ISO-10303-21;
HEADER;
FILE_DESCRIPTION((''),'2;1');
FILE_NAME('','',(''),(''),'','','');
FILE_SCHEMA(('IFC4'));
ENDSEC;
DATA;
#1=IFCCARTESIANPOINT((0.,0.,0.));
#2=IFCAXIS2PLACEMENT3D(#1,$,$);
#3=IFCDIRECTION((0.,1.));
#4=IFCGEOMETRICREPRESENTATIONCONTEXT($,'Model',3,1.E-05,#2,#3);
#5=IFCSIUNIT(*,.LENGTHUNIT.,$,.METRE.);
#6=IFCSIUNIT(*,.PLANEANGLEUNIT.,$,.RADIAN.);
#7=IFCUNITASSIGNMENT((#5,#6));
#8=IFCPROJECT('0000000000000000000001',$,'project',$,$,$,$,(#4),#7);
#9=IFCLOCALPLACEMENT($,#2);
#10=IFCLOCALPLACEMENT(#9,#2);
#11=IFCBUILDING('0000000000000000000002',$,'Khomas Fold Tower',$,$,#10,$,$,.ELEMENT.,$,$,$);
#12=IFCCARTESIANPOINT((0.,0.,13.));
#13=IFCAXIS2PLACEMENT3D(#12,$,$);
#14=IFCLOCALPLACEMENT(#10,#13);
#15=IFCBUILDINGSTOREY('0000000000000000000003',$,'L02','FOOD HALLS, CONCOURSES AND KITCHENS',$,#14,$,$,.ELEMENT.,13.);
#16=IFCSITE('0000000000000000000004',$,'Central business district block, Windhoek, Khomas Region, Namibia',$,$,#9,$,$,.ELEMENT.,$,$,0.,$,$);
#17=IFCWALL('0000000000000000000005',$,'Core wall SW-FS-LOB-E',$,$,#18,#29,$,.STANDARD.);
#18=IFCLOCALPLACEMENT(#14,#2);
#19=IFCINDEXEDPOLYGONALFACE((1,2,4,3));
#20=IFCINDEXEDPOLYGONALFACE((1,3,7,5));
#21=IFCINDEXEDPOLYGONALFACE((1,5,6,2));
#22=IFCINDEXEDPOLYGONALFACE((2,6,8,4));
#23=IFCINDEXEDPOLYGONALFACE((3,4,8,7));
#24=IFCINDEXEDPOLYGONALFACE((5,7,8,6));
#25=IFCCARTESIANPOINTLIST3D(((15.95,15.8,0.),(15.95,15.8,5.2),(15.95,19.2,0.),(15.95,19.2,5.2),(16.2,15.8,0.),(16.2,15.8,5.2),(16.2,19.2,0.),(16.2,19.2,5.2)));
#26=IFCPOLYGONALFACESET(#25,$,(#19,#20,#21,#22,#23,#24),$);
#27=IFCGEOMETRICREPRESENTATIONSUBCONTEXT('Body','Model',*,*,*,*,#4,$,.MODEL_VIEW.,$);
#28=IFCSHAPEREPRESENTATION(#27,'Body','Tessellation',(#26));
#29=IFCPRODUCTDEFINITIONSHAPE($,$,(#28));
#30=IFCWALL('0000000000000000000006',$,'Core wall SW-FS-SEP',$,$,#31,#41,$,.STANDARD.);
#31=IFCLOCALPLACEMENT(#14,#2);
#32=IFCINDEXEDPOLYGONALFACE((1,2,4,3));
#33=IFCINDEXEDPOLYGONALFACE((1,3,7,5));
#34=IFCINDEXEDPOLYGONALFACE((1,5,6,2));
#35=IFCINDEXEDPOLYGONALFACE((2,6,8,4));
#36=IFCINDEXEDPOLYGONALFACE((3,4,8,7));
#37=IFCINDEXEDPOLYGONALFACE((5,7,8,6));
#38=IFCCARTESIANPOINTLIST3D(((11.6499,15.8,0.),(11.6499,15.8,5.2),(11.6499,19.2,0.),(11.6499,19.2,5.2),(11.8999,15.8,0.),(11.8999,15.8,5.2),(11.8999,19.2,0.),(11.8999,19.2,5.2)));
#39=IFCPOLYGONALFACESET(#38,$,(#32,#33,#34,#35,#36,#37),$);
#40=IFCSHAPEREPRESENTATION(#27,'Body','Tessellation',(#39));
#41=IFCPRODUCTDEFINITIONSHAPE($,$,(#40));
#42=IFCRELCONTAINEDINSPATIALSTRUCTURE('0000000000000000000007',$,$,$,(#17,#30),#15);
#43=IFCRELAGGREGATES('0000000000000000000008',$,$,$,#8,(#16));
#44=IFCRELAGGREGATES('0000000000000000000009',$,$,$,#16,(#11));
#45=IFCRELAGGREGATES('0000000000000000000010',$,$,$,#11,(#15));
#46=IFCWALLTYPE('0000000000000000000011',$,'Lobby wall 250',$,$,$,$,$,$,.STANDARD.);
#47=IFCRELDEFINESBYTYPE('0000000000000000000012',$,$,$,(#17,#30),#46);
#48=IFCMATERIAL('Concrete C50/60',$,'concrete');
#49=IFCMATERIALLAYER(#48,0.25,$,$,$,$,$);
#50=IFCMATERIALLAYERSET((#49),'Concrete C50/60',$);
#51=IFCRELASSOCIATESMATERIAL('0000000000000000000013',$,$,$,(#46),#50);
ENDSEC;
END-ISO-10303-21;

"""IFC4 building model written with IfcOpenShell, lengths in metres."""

from ifc_helpers import new_model, si_unit, direction, frame, frame_2d, origin, place, context, subcontext, project, spatial, rectangle, extrude, source, transform, mapped, material, layer, layer_set, type_object, element, save


model = new_model("IFC4")

# Units and contexts
model_context = context("Model", 3, precision=1e-05, world=origin(), true_north=direction((0.0, 1.0)))
body_context = subcontext(model_context, "Body", "Model", "MODEL_VIEW")
ifc_project = project(units=[si_unit("LENGTHUNIT", "METRE"), si_unit("PLANEANGLEUNIT", "RADIAN")], contexts=[model_context])

# Site, building, storey
site_placement = place(None, origin())
site = spatial("IfcSite", under=ifc_project, at=site_placement, Name="Central business district block, Windhoek, Khomas Region, Namibia", CompositionType="ELEMENT", RefElevation=0.0)
building_placement = place(site_placement, origin())
building = spatial("IfcBuilding", under=site, at=building_placement, Name="Khomas Fold Tower", CompositionType="ELEMENT")
storey_placement = place(building_placement, frame((0.0, 0.0, 13.0)))
storey = spatial("IfcBuildingStorey", under=building, at=storey_placement, Name="L02", Description="FOOD HALLS, CONCOURSES AND KITCHENS", CompositionType="ELEMENT", Elevation=13.0)

# Walls
ifc_material_1 = material(Name="Concrete C50/60", Category="concrete")
ifc_layer_1 = layer(ifc_material_1, 0.25)
ifc_layer_set_1 = layer_set([ifc_layer_1], Name="Concrete C50/60")
wall_type_1 = type_object("IfcWallType", Name="Lobby wall 250", PredefinedType="STANDARD", material=ifc_layer_set_1)
shared_shape_1 = source(origin(), body_context, "Body", "SweptSolid", [
    extrude(rectangle(XDim=3.3999, YDim=0.25, at=frame_2d((1.7, 0.0))), origin(), (0.0, 0.0, 1.0), 5.2),
])
for number, where, z_axis, x_axis, name in (
    (1, (16.075, 15.8, 0.0), (0.0, 0.0, 1.0), (0.0, 1.0, 0.0), "Core wall SW-FS-LOB-E"),
    (2, (11.7749, 15.8, 0.0), (0.0, 0.0, 1.0), (0.0, 1.0, 0.0), "Core wall SW-FS-SEP"),
):
    element("IfcWall", number, at=place(storey_placement, frame(where, z_axis=z_axis, x_axis=x_axis)), inside=storey, type_object=wall_type_1, Name=name, PredefinedType="STANDARD", context=body_context, shape_type="MappedRepresentation", body=[
        mapped(shared_shape_1, transform((0.0, 0.0, 0.0))),
    ])

save(model, "model.ifc")
